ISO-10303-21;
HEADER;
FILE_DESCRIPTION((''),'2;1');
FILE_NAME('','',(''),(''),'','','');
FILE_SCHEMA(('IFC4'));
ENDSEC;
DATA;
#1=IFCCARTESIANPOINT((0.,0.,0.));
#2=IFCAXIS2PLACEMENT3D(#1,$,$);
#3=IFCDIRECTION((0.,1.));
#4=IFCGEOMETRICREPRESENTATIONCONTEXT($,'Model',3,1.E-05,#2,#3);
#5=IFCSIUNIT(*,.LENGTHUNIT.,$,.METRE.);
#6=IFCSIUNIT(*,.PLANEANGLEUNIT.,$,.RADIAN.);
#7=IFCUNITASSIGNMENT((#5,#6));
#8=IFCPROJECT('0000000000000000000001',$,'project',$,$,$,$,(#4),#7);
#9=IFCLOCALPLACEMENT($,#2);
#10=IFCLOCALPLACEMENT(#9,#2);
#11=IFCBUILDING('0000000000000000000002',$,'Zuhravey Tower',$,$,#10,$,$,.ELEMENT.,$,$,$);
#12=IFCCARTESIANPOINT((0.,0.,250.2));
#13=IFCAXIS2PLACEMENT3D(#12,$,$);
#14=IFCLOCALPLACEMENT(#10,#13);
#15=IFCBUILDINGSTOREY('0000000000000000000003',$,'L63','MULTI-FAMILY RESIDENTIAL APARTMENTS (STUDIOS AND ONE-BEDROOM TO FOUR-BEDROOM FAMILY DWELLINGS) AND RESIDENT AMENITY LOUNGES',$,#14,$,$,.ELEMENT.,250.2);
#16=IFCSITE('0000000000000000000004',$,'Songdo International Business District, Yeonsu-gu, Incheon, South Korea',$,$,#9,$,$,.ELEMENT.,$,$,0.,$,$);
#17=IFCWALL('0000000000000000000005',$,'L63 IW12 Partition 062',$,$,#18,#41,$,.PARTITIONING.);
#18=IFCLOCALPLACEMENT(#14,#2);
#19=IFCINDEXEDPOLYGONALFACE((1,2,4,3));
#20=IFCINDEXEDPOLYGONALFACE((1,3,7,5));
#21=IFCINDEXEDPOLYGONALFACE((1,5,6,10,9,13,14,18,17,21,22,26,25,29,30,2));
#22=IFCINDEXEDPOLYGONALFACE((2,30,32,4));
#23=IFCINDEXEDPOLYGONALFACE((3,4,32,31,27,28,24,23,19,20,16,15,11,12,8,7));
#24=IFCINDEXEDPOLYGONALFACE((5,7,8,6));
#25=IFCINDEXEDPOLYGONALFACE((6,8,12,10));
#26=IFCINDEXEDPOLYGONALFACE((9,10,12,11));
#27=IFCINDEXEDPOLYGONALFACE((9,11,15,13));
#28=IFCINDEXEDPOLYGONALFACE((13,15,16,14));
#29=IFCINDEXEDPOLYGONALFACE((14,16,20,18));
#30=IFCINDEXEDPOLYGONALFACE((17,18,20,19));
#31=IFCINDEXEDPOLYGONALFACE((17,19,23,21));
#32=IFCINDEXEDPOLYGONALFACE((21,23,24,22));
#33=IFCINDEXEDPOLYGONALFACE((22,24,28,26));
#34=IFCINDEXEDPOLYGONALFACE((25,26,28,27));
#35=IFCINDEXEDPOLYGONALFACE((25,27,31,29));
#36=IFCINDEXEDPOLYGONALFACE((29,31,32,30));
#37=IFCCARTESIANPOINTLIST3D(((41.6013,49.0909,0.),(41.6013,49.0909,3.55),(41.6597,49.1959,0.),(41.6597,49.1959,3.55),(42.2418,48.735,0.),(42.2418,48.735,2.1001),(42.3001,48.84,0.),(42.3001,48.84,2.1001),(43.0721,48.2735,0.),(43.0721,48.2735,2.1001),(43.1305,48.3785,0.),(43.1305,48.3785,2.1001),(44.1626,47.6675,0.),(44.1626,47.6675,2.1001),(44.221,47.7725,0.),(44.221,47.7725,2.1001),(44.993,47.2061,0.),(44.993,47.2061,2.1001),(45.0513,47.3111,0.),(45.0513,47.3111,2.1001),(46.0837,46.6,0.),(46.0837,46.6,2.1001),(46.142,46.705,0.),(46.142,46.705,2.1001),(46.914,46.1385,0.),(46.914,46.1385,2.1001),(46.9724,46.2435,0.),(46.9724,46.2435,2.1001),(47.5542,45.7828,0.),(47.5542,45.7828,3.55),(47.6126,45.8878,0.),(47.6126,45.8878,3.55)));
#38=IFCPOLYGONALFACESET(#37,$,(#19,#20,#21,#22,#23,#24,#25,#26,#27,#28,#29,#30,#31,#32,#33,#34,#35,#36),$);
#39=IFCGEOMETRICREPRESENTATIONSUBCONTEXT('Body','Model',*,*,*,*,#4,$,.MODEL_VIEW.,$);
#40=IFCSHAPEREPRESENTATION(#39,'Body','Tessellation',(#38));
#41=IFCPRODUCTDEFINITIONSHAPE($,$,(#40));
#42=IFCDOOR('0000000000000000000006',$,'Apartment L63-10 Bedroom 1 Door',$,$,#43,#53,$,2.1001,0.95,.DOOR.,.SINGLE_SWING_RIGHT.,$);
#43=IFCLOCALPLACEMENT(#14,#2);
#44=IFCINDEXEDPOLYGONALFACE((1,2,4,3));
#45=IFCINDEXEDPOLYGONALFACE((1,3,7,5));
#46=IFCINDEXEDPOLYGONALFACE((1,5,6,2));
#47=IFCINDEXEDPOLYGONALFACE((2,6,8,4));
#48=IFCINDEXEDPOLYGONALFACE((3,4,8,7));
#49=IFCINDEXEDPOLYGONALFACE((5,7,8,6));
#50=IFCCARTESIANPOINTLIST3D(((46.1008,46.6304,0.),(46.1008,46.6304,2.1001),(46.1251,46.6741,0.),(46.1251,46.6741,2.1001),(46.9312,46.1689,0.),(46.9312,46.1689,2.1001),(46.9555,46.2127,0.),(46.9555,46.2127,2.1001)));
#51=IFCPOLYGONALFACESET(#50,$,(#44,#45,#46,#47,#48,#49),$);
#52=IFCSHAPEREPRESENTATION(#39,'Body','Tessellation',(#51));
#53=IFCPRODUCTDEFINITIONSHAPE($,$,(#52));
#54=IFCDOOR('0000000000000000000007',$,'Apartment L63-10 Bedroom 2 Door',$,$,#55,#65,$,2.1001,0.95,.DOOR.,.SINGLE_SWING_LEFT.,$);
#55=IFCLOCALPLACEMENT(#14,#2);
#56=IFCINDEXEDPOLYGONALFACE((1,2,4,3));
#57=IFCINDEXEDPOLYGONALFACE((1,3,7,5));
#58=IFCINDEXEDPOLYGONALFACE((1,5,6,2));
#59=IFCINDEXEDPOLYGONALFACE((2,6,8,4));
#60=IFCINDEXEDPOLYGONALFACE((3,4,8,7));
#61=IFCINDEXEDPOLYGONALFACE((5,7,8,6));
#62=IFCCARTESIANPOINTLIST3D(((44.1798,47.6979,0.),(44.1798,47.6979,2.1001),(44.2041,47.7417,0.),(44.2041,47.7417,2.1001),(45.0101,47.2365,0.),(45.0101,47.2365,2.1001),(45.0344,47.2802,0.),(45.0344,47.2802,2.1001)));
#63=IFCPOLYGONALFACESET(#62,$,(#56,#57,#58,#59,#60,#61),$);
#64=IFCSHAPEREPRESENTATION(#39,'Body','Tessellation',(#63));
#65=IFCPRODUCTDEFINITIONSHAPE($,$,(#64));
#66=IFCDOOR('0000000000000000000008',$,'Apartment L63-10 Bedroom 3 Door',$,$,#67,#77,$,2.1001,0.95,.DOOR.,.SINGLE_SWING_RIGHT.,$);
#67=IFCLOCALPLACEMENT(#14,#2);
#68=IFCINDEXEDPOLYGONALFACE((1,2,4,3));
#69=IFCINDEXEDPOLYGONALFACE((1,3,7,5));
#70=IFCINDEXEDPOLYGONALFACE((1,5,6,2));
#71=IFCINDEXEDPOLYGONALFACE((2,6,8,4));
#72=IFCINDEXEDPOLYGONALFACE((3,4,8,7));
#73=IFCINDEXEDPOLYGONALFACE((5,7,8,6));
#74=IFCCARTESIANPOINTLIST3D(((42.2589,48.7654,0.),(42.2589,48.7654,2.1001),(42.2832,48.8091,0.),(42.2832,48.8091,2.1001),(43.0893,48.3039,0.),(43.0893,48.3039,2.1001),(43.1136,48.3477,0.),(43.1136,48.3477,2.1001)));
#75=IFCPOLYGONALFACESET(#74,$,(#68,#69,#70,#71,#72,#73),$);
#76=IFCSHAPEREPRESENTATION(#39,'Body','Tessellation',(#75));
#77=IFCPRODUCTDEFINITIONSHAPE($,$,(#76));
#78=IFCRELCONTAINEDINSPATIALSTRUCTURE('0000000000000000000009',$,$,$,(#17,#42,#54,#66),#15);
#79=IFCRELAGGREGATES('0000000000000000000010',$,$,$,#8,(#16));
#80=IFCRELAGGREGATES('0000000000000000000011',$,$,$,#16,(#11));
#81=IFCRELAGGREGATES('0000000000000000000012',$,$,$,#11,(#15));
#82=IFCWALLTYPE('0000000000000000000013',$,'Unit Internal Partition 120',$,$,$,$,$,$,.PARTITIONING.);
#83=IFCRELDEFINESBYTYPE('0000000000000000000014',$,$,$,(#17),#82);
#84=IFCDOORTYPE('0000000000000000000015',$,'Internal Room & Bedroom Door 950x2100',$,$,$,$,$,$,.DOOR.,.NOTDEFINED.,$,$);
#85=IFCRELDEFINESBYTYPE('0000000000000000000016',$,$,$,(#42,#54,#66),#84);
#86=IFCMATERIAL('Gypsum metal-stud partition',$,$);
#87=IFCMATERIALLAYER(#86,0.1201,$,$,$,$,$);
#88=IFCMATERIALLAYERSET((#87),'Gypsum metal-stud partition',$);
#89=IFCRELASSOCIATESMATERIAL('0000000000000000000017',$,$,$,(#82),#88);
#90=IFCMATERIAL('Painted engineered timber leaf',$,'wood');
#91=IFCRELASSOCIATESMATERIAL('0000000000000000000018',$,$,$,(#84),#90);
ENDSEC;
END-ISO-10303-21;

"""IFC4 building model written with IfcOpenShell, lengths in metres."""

from ifc_helpers import new_model, si_unit, direction, frame, frame_2d, origin, place, context, subcontext, project, spatial, rectangle, extrude, material, layer, layer_set, type_object, element, fill, save


model = new_model("IFC4")

# Units and contexts
model_context = context("Model", 3, precision=1e-05, world=origin(), true_north=direction((0.0, 1.0)))
body_context = subcontext(model_context, "Body", "Model", "MODEL_VIEW")
ifc_project = project(units=[si_unit("LENGTHUNIT", "METRE"), si_unit("PLANEANGLEUNIT", "RADIAN")], contexts=[model_context])

# Site, building, storey
site_placement = place(None, origin())
site = spatial("IfcSite", under=ifc_project, at=site_placement, Name="Songdo International Business District, Yeonsu-gu, Incheon, South Korea", CompositionType="ELEMENT", RefElevation=0.0)
building_placement = place(site_placement, origin())
building = spatial("IfcBuilding", under=site, at=building_placement, Name="Zuhravey Tower", CompositionType="ELEMENT")
storey_placement = place(building_placement, frame((0.0, 0.0, 250.2)))
storey = spatial("IfcBuildingStorey", under=building, at=storey_placement, Name="L63", Description="MULTI-FAMILY RESIDENTIAL APARTMENTS (STUDIOS AND ONE-BEDROOM TO FOUR-BEDROOM FAMILY DWELLINGS) AND RESIDENT AMENITY LOUNGES", CompositionType="ELEMENT", Elevation=250.2)

# Wall, openings, doors
ifc_material_1 = material(Name="Gypsum metal-stud partition")
ifc_layer_1 = layer(ifc_material_1, 0.1201)
ifc_layer_set_1 = layer_set([ifc_layer_1], Name="Gypsum metal-stud partition")
wall_type_1 = type_object("IfcWallType", Name="Unit Internal Partition 120", PredefinedType="PARTITIONING", material=ifc_layer_set_1)
wall_1_placement = place(storey_placement, frame((47.5835, 45.8352, 0.0), z_axis=(0.0, 0.0, 1.0), x_axis=(-0.874098, 0.485749, 0.0)))
wall_1 = element("IfcWall", 1, at=wall_1_placement, inside=storey, type_object=wall_type_1, Name="L63 IW12 Partition 062", PredefinedType="PARTITIONING", context=body_context, shape_type="SweptSolid", body=[
    extrude(rectangle(XDim=6.8103, YDim=0.1201, at=frame_2d((3.4053, 0.0))), origin(), (0.0, 0.0, 1.0), 3.55),
])
opening_1_placement = place(wall_1_placement, frame((0.7324, 0.0, 0.0)))
opening_1 = element("IfcOpeningElement", 2, at=opening_1_placement, cuts=wall_1, PredefinedType="OPENING", context=body_context, shape_type="SweptSolid", body=[
    extrude(rectangle(XDim=0.95, YDim=2.1001, at=frame_2d((0.4751, 1.05))), frame((0.0, 0.072, 0.0), z_axis=(0.0, -1.0, 0.0), x_axis=(1.0, 0.0, 0.0)), (0.0, 0.0, 1.0), 0.144),
])
opening_2_placement = place(wall_1_placement, frame((2.9302, 0.0, 0.0)))
opening_2 = element("IfcOpeningElement", 3, at=opening_2_placement, cuts=wall_1, PredefinedType="OPENING", context=body_context, shape_type="SweptSolid", body=[
    extrude(rectangle(XDim=0.95, YDim=2.1001, at=frame_2d((0.4751, 1.05))), frame((0.0, 0.072, 0.0), z_axis=(0.0, -1.0, 0.0), x_axis=(1.0, 0.0, 0.0)), (0.0, 0.0, 1.0), 0.144),
])
opening_3_placement = place(wall_1_placement, frame((5.1277, 0.0, 0.0)))
opening_3 = element("IfcOpeningElement", 4, at=opening_3_placement, cuts=wall_1, PredefinedType="OPENING", context=body_context, shape_type="SweptSolid", body=[
    extrude(rectangle(XDim=0.95, YDim=2.1001, at=frame_2d((0.4751, 1.05))), frame((0.0, 0.072, 0.0), z_axis=(0.0, -1.0, 0.0), x_axis=(1.0, 0.0, 0.0)), (0.0, 0.0, 1.0), 0.144),
])
ifc_material_2 = material(Name="Painted engineered timber leaf", Category="wood")
door_type_1 = type_object("IfcDoorType", Name="Internal Room & Bedroom Door 950x2100", OperationType="NOTDEFINED", PredefinedType="DOOR", material=ifc_material_2)
door_1_placement = place(opening_1_placement, frame((0.95, 0.0, 0.0), z_axis=(0.0, 0.0, 1.0), x_axis=(-1.0, 0.0, 0.0)))
door_1 = element("IfcDoor", 5, at=door_1_placement, inside=storey, type_object=door_type_1, Name="Apartment L63-10 Bedroom 1 Door", OperationType="SINGLE_SWING_RIGHT", OverallHeight=2.1001, OverallWidth=0.95, PredefinedType="DOOR", context=body_context, shape_type="SweptSolid", body=[
    extrude(rectangle(XDim=0.95, YDim=2.1001, at=frame_2d((0.4751, 1.05))), frame((0.0, 0.0249, 0.0), z_axis=(0.0, -1.0, 0.0), x_axis=(1.0, 0.0, 0.0)), (0.0, 0.0, 1.0), 0.05),
])
fill(opening_1, door_1)
door_2_placement = place(opening_2_placement, frame((0.95, 0.0, 0.0), z_axis=(0.0, 0.0, 1.0), x_axis=(-1.0, 0.0, 0.0)))
door_2 = element("IfcDoor", 6, at=door_2_placement, inside=storey, type_object=door_type_1, Name="Apartment L63-10 Bedroom 2 Door", OperationType="SINGLE_SWING_LEFT", OverallHeight=2.1001, OverallWidth=0.95, PredefinedType="DOOR", context=body_context, shape_type="SweptSolid", body=[
    extrude(rectangle(XDim=0.95, YDim=2.1001, at=frame_2d((0.4751, 1.05))), frame((0.0, 0.0249, 0.0), z_axis=(0.0, -1.0, 0.0), x_axis=(1.0, 0.0, 0.0)), (0.0, 0.0, 1.0), 0.05),
])
fill(opening_2, door_2)
door_3_placement = place(opening_3_placement, frame((0.95, 0.0, 0.0), z_axis=(0.0, 0.0, 1.0), x_axis=(-1.0, 0.0, 0.0)))
door_3 = element("IfcDoor", 7, at=door_3_placement, inside=storey, type_object=door_type_1, Name="Apartment L63-10 Bedroom 3 Door", OperationType="SINGLE_SWING_RIGHT", OverallHeight=2.1001, OverallWidth=0.95, PredefinedType="DOOR", context=body_context, shape_type="SweptSolid", body=[
    extrude(rectangle(XDim=0.95, YDim=2.1001, at=frame_2d((0.4751, 1.05))), frame((0.0, 0.0249, 0.0), z_axis=(0.0, -1.0, 0.0), x_axis=(1.0, 0.0, 0.0)), (0.0, 0.0, 1.0), 0.05),
])
fill(opening_3, door_3)

save(model, "model.ifc")
